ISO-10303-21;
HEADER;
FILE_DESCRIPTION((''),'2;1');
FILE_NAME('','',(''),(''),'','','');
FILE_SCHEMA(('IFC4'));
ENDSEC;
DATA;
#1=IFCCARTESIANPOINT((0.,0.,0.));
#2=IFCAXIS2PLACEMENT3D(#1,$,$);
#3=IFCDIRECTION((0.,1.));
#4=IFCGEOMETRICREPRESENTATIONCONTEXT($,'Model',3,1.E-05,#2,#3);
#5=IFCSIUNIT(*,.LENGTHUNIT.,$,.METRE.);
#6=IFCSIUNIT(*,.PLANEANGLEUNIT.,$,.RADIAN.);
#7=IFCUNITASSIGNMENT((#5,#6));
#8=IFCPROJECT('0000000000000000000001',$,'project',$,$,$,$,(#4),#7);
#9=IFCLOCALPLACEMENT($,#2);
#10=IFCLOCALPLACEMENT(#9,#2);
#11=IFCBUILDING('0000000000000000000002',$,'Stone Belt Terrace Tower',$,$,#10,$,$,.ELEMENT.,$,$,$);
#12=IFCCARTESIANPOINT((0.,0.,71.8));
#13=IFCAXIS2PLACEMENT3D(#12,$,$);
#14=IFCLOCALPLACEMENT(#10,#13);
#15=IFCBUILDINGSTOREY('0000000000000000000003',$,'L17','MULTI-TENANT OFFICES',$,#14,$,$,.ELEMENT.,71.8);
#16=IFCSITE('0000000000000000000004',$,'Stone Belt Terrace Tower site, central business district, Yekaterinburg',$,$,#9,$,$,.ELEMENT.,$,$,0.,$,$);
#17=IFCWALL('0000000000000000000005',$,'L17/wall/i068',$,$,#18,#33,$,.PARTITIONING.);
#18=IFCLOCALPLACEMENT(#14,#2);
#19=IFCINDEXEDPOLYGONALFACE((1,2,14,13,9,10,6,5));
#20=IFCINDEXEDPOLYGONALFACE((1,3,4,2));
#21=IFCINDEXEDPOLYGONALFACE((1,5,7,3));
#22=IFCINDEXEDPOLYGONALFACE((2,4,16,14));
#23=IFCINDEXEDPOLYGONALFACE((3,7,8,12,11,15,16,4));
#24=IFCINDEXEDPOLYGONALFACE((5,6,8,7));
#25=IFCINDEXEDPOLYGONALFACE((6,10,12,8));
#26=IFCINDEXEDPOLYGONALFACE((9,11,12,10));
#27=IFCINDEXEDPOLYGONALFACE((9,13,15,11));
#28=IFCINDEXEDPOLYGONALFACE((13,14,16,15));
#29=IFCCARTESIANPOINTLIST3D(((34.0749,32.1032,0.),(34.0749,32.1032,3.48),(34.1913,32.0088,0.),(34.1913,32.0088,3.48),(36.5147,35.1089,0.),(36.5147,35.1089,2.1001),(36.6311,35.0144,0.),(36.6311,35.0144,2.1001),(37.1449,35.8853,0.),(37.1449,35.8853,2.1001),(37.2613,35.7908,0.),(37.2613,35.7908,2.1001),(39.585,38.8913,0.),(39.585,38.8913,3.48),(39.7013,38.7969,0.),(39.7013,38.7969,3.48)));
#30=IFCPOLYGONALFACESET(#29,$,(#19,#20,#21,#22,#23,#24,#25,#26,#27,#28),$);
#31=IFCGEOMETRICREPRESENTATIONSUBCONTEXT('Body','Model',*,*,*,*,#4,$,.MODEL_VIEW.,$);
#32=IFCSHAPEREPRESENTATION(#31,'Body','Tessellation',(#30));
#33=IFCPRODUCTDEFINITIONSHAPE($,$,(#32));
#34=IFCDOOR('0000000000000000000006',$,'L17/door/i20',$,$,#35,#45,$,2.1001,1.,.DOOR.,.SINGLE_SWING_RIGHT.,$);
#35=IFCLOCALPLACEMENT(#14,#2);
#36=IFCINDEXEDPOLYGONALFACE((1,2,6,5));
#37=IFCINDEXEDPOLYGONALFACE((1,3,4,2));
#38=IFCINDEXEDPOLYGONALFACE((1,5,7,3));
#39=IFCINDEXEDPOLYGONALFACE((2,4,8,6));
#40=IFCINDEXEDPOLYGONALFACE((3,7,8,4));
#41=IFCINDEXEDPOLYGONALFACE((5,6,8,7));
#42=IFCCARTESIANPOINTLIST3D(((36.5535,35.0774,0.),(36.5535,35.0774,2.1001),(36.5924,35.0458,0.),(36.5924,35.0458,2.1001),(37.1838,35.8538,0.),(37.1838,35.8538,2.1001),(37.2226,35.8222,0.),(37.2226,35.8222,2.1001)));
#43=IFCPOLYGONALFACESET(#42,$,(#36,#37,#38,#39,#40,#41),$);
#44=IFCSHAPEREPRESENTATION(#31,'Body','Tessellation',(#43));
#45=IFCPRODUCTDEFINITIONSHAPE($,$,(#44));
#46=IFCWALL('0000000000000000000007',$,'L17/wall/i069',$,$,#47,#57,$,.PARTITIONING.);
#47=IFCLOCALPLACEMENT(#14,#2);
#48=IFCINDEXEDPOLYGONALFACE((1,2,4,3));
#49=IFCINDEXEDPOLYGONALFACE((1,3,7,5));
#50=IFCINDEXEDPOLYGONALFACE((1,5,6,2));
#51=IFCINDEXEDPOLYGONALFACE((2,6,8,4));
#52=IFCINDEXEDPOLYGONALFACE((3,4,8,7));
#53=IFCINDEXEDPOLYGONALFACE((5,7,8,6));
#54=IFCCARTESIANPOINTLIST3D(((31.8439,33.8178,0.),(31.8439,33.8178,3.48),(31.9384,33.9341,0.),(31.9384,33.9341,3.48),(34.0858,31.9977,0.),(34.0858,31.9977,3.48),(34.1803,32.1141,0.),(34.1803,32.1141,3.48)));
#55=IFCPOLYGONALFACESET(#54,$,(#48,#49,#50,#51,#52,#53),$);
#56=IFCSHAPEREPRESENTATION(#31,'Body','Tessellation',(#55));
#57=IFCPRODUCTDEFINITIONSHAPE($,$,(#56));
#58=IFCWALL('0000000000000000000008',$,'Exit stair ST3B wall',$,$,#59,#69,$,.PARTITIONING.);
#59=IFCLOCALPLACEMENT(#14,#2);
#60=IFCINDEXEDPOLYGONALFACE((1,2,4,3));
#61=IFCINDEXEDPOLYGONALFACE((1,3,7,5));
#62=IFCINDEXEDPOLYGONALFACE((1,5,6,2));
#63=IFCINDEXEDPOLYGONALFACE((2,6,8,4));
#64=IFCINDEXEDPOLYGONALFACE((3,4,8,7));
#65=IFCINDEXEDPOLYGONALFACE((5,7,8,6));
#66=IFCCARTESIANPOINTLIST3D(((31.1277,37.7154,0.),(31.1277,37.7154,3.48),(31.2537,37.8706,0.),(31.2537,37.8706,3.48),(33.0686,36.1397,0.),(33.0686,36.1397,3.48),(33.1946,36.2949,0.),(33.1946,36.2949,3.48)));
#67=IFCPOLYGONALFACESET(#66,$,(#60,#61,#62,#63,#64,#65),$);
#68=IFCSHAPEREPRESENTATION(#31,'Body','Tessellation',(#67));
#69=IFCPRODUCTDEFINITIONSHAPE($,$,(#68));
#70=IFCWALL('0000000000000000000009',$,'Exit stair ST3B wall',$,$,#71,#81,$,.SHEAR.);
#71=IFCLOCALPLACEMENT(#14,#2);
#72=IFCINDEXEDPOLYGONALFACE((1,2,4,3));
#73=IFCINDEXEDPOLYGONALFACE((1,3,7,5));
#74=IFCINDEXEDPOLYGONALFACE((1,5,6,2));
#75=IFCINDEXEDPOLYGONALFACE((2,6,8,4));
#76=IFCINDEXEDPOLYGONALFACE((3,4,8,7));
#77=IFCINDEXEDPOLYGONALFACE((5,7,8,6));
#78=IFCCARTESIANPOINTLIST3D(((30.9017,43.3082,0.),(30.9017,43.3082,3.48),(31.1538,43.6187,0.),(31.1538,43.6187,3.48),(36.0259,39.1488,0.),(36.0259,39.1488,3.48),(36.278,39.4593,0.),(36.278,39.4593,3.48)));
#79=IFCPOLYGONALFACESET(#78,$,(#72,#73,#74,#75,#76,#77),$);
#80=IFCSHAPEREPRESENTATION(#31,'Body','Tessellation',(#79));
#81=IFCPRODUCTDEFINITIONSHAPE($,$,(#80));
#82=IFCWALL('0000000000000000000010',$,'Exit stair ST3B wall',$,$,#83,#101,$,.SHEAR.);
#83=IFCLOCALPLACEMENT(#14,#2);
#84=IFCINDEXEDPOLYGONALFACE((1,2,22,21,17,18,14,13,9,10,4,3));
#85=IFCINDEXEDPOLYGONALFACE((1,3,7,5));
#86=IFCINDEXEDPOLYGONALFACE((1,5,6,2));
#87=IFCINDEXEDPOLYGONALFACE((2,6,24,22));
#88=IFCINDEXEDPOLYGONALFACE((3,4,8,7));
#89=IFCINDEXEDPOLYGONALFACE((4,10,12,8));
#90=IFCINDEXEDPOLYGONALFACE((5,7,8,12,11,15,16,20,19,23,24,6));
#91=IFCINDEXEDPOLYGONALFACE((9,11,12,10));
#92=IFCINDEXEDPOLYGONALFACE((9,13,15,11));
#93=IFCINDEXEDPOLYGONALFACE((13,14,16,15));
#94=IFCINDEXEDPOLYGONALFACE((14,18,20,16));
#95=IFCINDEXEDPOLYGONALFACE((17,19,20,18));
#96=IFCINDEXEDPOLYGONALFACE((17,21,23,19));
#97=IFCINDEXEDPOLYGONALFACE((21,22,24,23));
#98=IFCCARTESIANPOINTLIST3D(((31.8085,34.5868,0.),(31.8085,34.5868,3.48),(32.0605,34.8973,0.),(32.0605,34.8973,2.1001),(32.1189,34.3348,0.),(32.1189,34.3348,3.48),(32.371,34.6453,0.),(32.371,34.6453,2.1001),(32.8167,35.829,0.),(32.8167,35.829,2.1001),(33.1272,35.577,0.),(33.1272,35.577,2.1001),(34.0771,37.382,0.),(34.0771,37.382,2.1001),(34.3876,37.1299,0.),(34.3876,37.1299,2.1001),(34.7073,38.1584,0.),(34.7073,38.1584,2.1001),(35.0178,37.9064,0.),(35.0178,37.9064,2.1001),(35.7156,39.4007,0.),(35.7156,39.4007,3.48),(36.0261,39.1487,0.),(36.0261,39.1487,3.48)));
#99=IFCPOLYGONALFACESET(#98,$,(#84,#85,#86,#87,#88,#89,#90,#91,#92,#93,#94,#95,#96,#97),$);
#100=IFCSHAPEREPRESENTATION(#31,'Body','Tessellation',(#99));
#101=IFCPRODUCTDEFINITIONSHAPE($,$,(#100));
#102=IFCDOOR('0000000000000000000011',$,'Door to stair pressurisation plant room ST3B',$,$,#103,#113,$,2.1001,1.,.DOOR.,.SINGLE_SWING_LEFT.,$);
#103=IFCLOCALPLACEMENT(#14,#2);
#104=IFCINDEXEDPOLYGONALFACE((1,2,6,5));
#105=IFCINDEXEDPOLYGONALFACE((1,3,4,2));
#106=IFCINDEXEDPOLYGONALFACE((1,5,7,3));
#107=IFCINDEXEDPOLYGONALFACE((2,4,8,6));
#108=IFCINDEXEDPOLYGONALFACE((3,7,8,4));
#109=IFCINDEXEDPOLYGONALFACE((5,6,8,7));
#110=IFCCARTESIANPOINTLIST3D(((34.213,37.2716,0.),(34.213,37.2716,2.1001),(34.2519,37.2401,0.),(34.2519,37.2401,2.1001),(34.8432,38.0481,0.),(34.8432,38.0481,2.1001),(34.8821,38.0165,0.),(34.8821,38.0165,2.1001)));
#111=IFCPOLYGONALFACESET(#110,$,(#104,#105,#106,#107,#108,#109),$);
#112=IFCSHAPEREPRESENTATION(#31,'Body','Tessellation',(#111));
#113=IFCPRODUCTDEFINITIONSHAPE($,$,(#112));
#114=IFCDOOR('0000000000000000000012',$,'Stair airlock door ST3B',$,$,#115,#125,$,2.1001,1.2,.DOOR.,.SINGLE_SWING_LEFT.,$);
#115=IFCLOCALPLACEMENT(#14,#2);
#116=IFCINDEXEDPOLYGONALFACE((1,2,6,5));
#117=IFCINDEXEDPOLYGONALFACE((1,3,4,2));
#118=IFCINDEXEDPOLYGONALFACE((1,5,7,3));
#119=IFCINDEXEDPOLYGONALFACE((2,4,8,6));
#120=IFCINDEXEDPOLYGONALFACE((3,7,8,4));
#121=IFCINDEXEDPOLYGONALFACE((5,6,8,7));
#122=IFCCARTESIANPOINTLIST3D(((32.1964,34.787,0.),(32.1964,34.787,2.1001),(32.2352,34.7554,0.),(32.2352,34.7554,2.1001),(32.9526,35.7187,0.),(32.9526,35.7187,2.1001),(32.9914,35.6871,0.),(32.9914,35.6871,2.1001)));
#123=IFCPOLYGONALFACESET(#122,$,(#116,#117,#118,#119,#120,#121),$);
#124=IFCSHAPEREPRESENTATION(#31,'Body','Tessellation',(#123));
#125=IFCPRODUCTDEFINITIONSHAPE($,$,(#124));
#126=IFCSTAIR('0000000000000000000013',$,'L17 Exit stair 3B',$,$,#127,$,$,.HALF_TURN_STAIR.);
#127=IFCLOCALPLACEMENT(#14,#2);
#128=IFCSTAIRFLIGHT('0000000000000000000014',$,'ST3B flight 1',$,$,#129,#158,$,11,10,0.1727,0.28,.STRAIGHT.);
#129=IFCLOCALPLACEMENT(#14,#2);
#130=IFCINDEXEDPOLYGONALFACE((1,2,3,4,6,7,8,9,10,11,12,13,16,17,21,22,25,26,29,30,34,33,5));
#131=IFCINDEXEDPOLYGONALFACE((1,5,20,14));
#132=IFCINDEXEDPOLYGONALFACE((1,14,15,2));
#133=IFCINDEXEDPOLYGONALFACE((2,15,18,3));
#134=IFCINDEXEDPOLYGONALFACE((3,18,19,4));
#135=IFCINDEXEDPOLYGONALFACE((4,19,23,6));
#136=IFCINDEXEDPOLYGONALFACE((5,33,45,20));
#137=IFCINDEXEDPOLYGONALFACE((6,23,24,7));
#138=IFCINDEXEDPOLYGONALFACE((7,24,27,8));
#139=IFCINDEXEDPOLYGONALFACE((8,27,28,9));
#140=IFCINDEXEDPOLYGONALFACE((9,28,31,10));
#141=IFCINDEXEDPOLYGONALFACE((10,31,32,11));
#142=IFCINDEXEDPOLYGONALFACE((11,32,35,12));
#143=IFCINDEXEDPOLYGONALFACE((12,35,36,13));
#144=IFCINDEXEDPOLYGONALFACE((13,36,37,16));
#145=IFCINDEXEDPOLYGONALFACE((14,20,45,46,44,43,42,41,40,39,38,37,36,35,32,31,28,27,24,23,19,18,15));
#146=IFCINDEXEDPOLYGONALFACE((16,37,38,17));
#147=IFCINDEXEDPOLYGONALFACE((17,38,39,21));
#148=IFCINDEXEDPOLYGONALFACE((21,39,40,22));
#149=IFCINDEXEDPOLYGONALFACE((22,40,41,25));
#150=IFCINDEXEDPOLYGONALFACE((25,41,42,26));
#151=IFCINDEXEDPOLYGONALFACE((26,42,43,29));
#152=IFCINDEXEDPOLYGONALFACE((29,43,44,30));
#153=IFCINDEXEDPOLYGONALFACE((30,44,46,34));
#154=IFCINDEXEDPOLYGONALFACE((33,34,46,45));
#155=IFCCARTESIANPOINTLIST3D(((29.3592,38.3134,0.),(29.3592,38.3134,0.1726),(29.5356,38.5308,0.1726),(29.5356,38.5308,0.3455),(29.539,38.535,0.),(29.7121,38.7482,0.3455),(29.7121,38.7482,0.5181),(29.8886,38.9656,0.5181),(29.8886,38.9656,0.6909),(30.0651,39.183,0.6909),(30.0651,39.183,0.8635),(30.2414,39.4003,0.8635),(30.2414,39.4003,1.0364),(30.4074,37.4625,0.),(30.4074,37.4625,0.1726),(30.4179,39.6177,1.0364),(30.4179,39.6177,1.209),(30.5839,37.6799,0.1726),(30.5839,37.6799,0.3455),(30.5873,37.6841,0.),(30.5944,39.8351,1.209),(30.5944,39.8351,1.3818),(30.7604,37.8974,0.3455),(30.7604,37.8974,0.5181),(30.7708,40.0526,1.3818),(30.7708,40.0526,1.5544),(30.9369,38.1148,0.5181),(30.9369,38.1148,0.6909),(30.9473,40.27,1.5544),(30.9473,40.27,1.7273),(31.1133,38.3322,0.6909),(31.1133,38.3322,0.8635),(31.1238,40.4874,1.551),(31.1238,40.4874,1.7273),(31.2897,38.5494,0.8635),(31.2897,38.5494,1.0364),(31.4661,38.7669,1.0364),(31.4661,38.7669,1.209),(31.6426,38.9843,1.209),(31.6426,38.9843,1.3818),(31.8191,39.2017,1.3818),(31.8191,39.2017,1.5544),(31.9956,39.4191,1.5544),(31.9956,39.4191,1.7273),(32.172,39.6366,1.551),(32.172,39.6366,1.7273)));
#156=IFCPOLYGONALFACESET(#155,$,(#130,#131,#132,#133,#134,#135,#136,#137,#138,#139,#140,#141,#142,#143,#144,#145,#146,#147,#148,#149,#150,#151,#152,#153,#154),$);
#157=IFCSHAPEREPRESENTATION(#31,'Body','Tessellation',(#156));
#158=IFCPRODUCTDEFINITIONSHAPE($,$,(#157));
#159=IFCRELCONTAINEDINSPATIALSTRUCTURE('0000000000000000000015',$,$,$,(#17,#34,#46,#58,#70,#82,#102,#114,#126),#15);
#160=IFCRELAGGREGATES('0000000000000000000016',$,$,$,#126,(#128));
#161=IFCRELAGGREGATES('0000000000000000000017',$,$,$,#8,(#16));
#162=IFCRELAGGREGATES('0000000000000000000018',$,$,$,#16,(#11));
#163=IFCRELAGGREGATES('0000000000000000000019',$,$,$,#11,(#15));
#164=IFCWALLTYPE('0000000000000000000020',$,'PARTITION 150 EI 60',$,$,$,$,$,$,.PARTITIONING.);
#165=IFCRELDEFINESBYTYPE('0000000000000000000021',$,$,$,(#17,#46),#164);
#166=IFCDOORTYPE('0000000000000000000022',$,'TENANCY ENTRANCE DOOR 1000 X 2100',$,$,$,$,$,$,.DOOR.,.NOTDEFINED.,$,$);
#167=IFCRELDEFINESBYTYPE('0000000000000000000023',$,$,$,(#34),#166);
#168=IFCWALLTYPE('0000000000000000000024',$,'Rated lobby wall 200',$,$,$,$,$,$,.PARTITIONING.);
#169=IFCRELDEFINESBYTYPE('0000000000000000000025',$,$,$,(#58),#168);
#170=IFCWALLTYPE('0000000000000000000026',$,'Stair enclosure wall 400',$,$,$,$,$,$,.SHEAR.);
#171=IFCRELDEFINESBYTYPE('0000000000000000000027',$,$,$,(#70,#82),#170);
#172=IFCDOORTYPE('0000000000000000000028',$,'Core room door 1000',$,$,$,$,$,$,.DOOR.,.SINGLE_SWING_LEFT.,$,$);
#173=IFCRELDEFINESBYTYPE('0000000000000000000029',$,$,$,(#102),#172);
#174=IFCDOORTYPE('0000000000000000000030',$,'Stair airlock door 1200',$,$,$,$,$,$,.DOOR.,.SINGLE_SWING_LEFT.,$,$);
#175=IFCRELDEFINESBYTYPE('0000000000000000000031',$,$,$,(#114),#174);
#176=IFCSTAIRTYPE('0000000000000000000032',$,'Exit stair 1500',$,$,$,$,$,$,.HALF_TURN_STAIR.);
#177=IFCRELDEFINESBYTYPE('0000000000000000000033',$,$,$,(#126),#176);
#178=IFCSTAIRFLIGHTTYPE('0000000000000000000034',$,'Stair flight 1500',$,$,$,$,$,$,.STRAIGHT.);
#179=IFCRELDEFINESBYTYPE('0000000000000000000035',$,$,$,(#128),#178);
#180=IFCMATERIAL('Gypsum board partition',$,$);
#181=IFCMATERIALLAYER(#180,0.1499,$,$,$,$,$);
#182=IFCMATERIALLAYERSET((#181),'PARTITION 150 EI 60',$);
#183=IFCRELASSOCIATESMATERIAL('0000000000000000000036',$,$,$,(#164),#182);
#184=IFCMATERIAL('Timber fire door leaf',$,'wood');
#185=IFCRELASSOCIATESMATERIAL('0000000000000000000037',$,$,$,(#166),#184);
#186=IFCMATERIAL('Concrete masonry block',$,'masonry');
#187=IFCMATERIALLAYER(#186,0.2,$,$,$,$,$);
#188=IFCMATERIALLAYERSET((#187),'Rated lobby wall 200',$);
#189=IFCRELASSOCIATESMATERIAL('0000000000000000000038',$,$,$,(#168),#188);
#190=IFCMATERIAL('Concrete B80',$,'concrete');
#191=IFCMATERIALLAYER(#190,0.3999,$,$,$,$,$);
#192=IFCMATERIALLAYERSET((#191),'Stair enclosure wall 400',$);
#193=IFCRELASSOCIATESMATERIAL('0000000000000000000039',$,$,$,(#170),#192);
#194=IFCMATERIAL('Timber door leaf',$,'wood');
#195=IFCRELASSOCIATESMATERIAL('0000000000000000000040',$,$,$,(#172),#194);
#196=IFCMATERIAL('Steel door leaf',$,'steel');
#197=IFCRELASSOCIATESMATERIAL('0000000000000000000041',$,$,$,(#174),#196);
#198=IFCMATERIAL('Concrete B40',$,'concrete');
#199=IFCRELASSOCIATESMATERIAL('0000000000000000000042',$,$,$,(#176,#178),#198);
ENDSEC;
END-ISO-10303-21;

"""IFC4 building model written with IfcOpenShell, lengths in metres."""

from ifc_helpers import new_model, si_unit, direction, frame, frame_2d, origin, place, context, subcontext, project, spatial, polyline, rectangle, outline, extrude, material, layer, layer_set, type_object, element, fill, aggregate, save


model = new_model("IFC4")

# Units and contexts
model_context = context("Model", 3, precision=1e-05, world=origin(), true_north=direction((0.0, 1.0)))
body_context = subcontext(model_context, "Body", "Model", "MODEL_VIEW")
ifc_project = project(units=[si_unit("LENGTHUNIT", "METRE"), si_unit("PLANEANGLEUNIT", "RADIAN")], contexts=[model_context])

# Site, building, storey
site_placement = place(None, origin())
site = spatial("IfcSite", under=ifc_project, at=site_placement, Name="Stone Belt Terrace Tower site, central business district, Yekaterinburg", CompositionType="ELEMENT", RefElevation=0.0)
building_placement = place(site_placement, origin())
building = spatial("IfcBuilding", under=site, at=building_placement, Name="Stone Belt Terrace Tower", CompositionType="ELEMENT")
storey_placement = place(building_placement, frame((0.0, 0.0, 71.8)))
storey = spatial("IfcBuildingStorey", under=building, at=storey_placement, Name="L17", Description="MULTI-TENANT OFFICES", CompositionType="ELEMENT", Elevation=71.8)

# Shared definitions
ifc_material_1 = material(Name="Concrete B80", Category="concrete")

# Shared definitions
ifc_material_2 = material(Name="Gypsum board partition")
ifc_layer_1 = layer(ifc_material_2, 0.1499)
ifc_layer_set_1 = layer_set([ifc_layer_1], Name="PARTITION 150 EI 60")
wall_type_1 = type_object("IfcWallType", Name="PARTITION 150 EI 60", PredefinedType="PARTITIONING", material=ifc_layer_set_1)

# Wall, opening, door
wall_1_placement = place(storey_placement, frame((34.1331, 32.0559, 0.0), z_axis=(0.0, 0.0, 1.0), x_axis=(0.630227, 0.776411, 0.0)))
wall_1 = element("IfcWall", 1, at=wall_1_placement, inside=storey, type_object=wall_type_1, Name="L17/wall/i068", PredefinedType="PARTITIONING", context=body_context, shape_type="SweptSolid", body=[
    extrude(rectangle(XDim=8.7429, YDim=0.1499, at=frame_2d((4.3716, 0.0))), origin(), (0.0, 0.0, 1.0), 3.48),
])
opening_1_placement = place(wall_1_placement, frame((3.8713, 0.0, 0.0)))
opening_1 = element("IfcOpeningElement", 2, at=opening_1_placement, cuts=wall_1, PredefinedType="OPENING", context=body_context, shape_type="SweptSolid", body=[
    extrude(rectangle(XDim=1.0, YDim=2.1001, at=frame_2d((0.5, 1.05))), frame((0.0, 0.085, 0.0), z_axis=(0.0, -1.0, 0.0), x_axis=(1.0, 0.0, 0.0)), (0.0, 0.0, 1.0), 0.1699),
])
ifc_material_3 = material(Name="Timber fire door leaf", Category="wood")
door_type_1 = type_object("IfcDoorType", Name="TENANCY ENTRANCE DOOR 1000 X 2100", OperationType="NOTDEFINED", PredefinedType="DOOR", material=ifc_material_3)
door_1_placement = place(opening_1_placement, origin())
door_1 = element("IfcDoor", 3, at=door_1_placement, inside=storey, type_object=door_type_1, Name="L17/door/i20", OperationType="SINGLE_SWING_RIGHT", OverallHeight=2.1001, OverallWidth=1.0, PredefinedType="DOOR", context=body_context, shape_type="SweptSolid", body=[
    extrude(rectangle(XDim=1.0, YDim=2.1001, at=frame_2d((0.5, 1.05))), frame((0.0, 0.0249, 0.0), z_axis=(0.0, -1.0, 0.0), x_axis=(1.0, 0.0, 0.0)), (0.0, 0.0, 1.0), 0.05),
])
fill(opening_1, door_1)

# Walls
wall_2_placement = place(storey_placement, frame((34.1331, 32.0559, 0.0), z_axis=(0.0, 0.0, 1.0), x_axis=(-0.77637, 0.630277, 0.0)))
element("IfcWall", 4, at=wall_2_placement, inside=storey, type_object=wall_type_1, Name="L17/wall/i069", PredefinedType="PARTITIONING", context=body_context, shape_type="SweptSolid", body=[
    extrude(rectangle(XDim=2.8877, YDim=0.1499, at=frame_2d((1.4438, 0.0))), origin(), (0.0, 0.0, 1.0), 3.48),
])
ifc_material_4 = material(Name="Concrete masonry block", Category="masonry")
ifc_layer_2 = layer(ifc_material_4, 0.2)
ifc_layer_set_2 = layer_set([ifc_layer_2], Name="Rated lobby wall 200")
wall_type_2 = type_object("IfcWallType", Name="Rated lobby wall 200", PredefinedType="PARTITIONING", material=ifc_layer_set_2)
wall_3_placement = place(storey_placement, frame((31.1907, 37.793, 0.0), z_axis=(0.0, 0.0, 1.0), x_axis=(0.776371, -0.630276, 0.0)))
element("IfcWall", 5, at=wall_3_placement, inside=storey, type_object=wall_type_2, Name="Exit stair ST3B wall", PredefinedType="PARTITIONING", context=body_context, shape_type="SweptSolid", body=[
    extrude(rectangle(XDim=2.5, YDim=0.2, at=frame_2d((1.25, 0.0))), origin(), (0.0, 0.0, 1.0), 3.48),
])
ifc_layer_3 = layer(ifc_material_1, 0.3999)
ifc_layer_set_3 = layer_set([ifc_layer_3], Name="Stair enclosure wall 400")
wall_type_3 = type_object("IfcWallType", Name="Stair enclosure wall 400", PredefinedType="SHEAR", material=ifc_layer_set_3)
wall_4_placement = place(storey_placement, frame((31.0278, 43.4634, 0.0), z_axis=(0.0, 0.0, 1.0), x_axis=(0.776414, -0.630224, 0.0)))
element("IfcWall", 6, at=wall_4_placement, inside=storey, type_object=wall_type_3, Name="Exit stair ST3B wall", PredefinedType="SHEAR", context=body_context, shape_type="SweptSolid", body=[
    extrude(rectangle(XDim=6.5999, YDim=0.3999, at=frame_2d((3.2998, 0.0))), origin(), (0.0, 0.0, 1.0), 3.48),
])

# Wall, openings, doors
wall_5_placement = place(storey_placement, frame((31.9636, 34.4607, 0.0), z_axis=(0.0, 0.0, 1.0), x_axis=(0.630192, 0.776439, 0.0)))
wall_5 = element("IfcWall", 7, at=wall_5_placement, inside=storey, type_object=wall_type_3, Name="Exit stair ST3B wall", PredefinedType="SHEAR", context=body_context, shape_type="SweptSolid", body=[
    extrude(rectangle(XDim=6.2, YDim=0.3999, at=frame_2d((3.1001, 0.0))), origin(), (0.0, 0.0, 1.0), 3.48),
])
opening_2_placement = place(wall_5_placement, frame((0.3999, 0.0, 0.0)))
opening_2 = element("IfcOpeningElement", 8, at=opening_2_placement, cuts=wall_5, PredefinedType="OPENING", context=body_context, shape_type="SweptSolid", body=[
    extrude(rectangle(XDim=1.2, YDim=2.1001, at=frame_2d((0.6001, 1.05))), frame((0.0, 0.21, 0.0), z_axis=(0.0, -1.0, 0.0), x_axis=(1.0, 0.0, 0.0)), (0.0, 0.0, 1.0), 0.4199),
])
opening_3_placement = place(wall_5_placement, frame((3.6001, 0.0, 0.0)))
opening_3 = element("IfcOpeningElement", 9, at=opening_3_placement, cuts=wall_5, PredefinedType="OPENING", context=body_context, shape_type="SweptSolid", body=[
    extrude(rectangle(XDim=1.0, YDim=2.1001, at=frame_2d((0.5, 1.05))), frame((0.0, 0.21, 0.0), z_axis=(0.0, -1.0, 0.0), x_axis=(1.0, 0.0, 0.0)), (0.0, 0.0, 1.0), 0.4199),
])
ifc_material_5 = material(Name="Timber door leaf", Category="wood")
door_type_2 = type_object("IfcDoorType", Name="Core room door 1000", OperationType="SINGLE_SWING_LEFT", PredefinedType="DOOR", material=ifc_material_5)
door_2_placement = place(opening_3_placement, origin())
door_2 = element("IfcDoor", 10, at=door_2_placement, inside=storey, type_object=door_type_2, Name="Door to stair pressurisation plant room ST3B", OperationType="SINGLE_SWING_LEFT", OverallHeight=2.1001, OverallWidth=1.0, PredefinedType="DOOR", context=body_context, shape_type="SweptSolid", body=[
    extrude(rectangle(XDim=1.0, YDim=2.1001, at=frame_2d((0.5, 1.05))), frame((0.0, 0.0249, 0.0), z_axis=(0.0, -1.0, 0.0), x_axis=(1.0, 0.0, 0.0)), (0.0, 0.0, 1.0), 0.05),
])
fill(opening_3, door_2)
ifc_material_6 = material(Name="Steel door leaf", Category="steel")
door_type_3 = type_object("IfcDoorType", Name="Stair airlock door 1200", OperationType="SINGLE_SWING_LEFT", PredefinedType="DOOR", material=ifc_material_6)
door_3_placement = place(opening_2_placement, origin())
door_3 = element("IfcDoor", 11, at=door_3_placement, inside=storey, type_object=door_type_3, Name="Stair airlock door ST3B", OperationType="SINGLE_SWING_LEFT", OverallHeight=2.1001, OverallWidth=1.2, PredefinedType="DOOR", context=body_context, shape_type="SweptSolid", body=[
    extrude(rectangle(XDim=1.2, YDim=2.1001, at=frame_2d((0.6001, 1.05))), frame((0.0, 0.0249, 0.0), z_axis=(0.0, -1.0, 0.0), x_axis=(1.0, 0.0, 0.0)), (0.0, 0.0, 1.0), 0.05),
])
fill(opening_2, door_3)

# Stair, stair flight
ifc_material_7 = material(Name="Concrete B40", Category="concrete")
stair_type = type_object("IfcStairType", Name="Exit stair 1500", PredefinedType="HALF_TURN_STAIR", material=ifc_material_7)
stair_placement = place(storey_placement, origin())
stair = element("IfcStair", 12, at=stair_placement, inside=storey, type_object=stair_type, Name="L17 Exit stair 3B", PredefinedType="HALF_TURN_STAIR")
stair_flight_type = type_object("IfcStairFlightType", Name="Stair flight 1500", PredefinedType="STRAIGHT", material=ifc_material_7)
stair_flight_1_placement = place(storey_placement, frame((29.8833, 37.8879, 0.0), z_axis=(0.0, 0.0, 1.0), x_axis=(0.630206, 0.776428, 0.0)))
stair_flight_1 = element("IfcStairFlight", 13, at=stair_flight_1_placement, type_object=stair_flight_type, Name="ST3B flight 1", NumberOfRisers=11, NumberOfTreads=10, PredefinedType="STRAIGHT", RiserHeight=0.1727, TreadLength=0.28, context=body_context, shape_type="SweptSolid", body=[
    extrude(outline(polyline([(0.0, 0.0), (0.0, 0.1726), (0.28, 0.1726), (0.28, 0.3455), (0.5601, 0.3455), (0.5601, 0.5181), (0.8401, 0.5181), (0.8401, 0.6909), (1.1201, 0.6909), (1.1201, 0.8635), (1.3999, 0.8635), (1.3999, 1.0364), (1.6799, 1.0364), (1.6799, 1.209), (1.96, 1.209), (1.96, 1.3818), (2.24, 1.3818), (2.24, 1.5544), (2.52, 1.5544), (2.52, 1.7273), (2.8, 1.7273), (2.8, 1.8999), (2.8, 1.551), (0.2854, 0.0), (0.0, 0.0)])), frame((0.0, 0.675, 0.0), z_axis=(0.0, -1.0, 0.0), x_axis=(1.0, 0.0, 0.0)), (0.0, 0.0, 1.0), 1.3501),
])
aggregate(stair, [stair_flight_1])

save(model, "model.ifc")
